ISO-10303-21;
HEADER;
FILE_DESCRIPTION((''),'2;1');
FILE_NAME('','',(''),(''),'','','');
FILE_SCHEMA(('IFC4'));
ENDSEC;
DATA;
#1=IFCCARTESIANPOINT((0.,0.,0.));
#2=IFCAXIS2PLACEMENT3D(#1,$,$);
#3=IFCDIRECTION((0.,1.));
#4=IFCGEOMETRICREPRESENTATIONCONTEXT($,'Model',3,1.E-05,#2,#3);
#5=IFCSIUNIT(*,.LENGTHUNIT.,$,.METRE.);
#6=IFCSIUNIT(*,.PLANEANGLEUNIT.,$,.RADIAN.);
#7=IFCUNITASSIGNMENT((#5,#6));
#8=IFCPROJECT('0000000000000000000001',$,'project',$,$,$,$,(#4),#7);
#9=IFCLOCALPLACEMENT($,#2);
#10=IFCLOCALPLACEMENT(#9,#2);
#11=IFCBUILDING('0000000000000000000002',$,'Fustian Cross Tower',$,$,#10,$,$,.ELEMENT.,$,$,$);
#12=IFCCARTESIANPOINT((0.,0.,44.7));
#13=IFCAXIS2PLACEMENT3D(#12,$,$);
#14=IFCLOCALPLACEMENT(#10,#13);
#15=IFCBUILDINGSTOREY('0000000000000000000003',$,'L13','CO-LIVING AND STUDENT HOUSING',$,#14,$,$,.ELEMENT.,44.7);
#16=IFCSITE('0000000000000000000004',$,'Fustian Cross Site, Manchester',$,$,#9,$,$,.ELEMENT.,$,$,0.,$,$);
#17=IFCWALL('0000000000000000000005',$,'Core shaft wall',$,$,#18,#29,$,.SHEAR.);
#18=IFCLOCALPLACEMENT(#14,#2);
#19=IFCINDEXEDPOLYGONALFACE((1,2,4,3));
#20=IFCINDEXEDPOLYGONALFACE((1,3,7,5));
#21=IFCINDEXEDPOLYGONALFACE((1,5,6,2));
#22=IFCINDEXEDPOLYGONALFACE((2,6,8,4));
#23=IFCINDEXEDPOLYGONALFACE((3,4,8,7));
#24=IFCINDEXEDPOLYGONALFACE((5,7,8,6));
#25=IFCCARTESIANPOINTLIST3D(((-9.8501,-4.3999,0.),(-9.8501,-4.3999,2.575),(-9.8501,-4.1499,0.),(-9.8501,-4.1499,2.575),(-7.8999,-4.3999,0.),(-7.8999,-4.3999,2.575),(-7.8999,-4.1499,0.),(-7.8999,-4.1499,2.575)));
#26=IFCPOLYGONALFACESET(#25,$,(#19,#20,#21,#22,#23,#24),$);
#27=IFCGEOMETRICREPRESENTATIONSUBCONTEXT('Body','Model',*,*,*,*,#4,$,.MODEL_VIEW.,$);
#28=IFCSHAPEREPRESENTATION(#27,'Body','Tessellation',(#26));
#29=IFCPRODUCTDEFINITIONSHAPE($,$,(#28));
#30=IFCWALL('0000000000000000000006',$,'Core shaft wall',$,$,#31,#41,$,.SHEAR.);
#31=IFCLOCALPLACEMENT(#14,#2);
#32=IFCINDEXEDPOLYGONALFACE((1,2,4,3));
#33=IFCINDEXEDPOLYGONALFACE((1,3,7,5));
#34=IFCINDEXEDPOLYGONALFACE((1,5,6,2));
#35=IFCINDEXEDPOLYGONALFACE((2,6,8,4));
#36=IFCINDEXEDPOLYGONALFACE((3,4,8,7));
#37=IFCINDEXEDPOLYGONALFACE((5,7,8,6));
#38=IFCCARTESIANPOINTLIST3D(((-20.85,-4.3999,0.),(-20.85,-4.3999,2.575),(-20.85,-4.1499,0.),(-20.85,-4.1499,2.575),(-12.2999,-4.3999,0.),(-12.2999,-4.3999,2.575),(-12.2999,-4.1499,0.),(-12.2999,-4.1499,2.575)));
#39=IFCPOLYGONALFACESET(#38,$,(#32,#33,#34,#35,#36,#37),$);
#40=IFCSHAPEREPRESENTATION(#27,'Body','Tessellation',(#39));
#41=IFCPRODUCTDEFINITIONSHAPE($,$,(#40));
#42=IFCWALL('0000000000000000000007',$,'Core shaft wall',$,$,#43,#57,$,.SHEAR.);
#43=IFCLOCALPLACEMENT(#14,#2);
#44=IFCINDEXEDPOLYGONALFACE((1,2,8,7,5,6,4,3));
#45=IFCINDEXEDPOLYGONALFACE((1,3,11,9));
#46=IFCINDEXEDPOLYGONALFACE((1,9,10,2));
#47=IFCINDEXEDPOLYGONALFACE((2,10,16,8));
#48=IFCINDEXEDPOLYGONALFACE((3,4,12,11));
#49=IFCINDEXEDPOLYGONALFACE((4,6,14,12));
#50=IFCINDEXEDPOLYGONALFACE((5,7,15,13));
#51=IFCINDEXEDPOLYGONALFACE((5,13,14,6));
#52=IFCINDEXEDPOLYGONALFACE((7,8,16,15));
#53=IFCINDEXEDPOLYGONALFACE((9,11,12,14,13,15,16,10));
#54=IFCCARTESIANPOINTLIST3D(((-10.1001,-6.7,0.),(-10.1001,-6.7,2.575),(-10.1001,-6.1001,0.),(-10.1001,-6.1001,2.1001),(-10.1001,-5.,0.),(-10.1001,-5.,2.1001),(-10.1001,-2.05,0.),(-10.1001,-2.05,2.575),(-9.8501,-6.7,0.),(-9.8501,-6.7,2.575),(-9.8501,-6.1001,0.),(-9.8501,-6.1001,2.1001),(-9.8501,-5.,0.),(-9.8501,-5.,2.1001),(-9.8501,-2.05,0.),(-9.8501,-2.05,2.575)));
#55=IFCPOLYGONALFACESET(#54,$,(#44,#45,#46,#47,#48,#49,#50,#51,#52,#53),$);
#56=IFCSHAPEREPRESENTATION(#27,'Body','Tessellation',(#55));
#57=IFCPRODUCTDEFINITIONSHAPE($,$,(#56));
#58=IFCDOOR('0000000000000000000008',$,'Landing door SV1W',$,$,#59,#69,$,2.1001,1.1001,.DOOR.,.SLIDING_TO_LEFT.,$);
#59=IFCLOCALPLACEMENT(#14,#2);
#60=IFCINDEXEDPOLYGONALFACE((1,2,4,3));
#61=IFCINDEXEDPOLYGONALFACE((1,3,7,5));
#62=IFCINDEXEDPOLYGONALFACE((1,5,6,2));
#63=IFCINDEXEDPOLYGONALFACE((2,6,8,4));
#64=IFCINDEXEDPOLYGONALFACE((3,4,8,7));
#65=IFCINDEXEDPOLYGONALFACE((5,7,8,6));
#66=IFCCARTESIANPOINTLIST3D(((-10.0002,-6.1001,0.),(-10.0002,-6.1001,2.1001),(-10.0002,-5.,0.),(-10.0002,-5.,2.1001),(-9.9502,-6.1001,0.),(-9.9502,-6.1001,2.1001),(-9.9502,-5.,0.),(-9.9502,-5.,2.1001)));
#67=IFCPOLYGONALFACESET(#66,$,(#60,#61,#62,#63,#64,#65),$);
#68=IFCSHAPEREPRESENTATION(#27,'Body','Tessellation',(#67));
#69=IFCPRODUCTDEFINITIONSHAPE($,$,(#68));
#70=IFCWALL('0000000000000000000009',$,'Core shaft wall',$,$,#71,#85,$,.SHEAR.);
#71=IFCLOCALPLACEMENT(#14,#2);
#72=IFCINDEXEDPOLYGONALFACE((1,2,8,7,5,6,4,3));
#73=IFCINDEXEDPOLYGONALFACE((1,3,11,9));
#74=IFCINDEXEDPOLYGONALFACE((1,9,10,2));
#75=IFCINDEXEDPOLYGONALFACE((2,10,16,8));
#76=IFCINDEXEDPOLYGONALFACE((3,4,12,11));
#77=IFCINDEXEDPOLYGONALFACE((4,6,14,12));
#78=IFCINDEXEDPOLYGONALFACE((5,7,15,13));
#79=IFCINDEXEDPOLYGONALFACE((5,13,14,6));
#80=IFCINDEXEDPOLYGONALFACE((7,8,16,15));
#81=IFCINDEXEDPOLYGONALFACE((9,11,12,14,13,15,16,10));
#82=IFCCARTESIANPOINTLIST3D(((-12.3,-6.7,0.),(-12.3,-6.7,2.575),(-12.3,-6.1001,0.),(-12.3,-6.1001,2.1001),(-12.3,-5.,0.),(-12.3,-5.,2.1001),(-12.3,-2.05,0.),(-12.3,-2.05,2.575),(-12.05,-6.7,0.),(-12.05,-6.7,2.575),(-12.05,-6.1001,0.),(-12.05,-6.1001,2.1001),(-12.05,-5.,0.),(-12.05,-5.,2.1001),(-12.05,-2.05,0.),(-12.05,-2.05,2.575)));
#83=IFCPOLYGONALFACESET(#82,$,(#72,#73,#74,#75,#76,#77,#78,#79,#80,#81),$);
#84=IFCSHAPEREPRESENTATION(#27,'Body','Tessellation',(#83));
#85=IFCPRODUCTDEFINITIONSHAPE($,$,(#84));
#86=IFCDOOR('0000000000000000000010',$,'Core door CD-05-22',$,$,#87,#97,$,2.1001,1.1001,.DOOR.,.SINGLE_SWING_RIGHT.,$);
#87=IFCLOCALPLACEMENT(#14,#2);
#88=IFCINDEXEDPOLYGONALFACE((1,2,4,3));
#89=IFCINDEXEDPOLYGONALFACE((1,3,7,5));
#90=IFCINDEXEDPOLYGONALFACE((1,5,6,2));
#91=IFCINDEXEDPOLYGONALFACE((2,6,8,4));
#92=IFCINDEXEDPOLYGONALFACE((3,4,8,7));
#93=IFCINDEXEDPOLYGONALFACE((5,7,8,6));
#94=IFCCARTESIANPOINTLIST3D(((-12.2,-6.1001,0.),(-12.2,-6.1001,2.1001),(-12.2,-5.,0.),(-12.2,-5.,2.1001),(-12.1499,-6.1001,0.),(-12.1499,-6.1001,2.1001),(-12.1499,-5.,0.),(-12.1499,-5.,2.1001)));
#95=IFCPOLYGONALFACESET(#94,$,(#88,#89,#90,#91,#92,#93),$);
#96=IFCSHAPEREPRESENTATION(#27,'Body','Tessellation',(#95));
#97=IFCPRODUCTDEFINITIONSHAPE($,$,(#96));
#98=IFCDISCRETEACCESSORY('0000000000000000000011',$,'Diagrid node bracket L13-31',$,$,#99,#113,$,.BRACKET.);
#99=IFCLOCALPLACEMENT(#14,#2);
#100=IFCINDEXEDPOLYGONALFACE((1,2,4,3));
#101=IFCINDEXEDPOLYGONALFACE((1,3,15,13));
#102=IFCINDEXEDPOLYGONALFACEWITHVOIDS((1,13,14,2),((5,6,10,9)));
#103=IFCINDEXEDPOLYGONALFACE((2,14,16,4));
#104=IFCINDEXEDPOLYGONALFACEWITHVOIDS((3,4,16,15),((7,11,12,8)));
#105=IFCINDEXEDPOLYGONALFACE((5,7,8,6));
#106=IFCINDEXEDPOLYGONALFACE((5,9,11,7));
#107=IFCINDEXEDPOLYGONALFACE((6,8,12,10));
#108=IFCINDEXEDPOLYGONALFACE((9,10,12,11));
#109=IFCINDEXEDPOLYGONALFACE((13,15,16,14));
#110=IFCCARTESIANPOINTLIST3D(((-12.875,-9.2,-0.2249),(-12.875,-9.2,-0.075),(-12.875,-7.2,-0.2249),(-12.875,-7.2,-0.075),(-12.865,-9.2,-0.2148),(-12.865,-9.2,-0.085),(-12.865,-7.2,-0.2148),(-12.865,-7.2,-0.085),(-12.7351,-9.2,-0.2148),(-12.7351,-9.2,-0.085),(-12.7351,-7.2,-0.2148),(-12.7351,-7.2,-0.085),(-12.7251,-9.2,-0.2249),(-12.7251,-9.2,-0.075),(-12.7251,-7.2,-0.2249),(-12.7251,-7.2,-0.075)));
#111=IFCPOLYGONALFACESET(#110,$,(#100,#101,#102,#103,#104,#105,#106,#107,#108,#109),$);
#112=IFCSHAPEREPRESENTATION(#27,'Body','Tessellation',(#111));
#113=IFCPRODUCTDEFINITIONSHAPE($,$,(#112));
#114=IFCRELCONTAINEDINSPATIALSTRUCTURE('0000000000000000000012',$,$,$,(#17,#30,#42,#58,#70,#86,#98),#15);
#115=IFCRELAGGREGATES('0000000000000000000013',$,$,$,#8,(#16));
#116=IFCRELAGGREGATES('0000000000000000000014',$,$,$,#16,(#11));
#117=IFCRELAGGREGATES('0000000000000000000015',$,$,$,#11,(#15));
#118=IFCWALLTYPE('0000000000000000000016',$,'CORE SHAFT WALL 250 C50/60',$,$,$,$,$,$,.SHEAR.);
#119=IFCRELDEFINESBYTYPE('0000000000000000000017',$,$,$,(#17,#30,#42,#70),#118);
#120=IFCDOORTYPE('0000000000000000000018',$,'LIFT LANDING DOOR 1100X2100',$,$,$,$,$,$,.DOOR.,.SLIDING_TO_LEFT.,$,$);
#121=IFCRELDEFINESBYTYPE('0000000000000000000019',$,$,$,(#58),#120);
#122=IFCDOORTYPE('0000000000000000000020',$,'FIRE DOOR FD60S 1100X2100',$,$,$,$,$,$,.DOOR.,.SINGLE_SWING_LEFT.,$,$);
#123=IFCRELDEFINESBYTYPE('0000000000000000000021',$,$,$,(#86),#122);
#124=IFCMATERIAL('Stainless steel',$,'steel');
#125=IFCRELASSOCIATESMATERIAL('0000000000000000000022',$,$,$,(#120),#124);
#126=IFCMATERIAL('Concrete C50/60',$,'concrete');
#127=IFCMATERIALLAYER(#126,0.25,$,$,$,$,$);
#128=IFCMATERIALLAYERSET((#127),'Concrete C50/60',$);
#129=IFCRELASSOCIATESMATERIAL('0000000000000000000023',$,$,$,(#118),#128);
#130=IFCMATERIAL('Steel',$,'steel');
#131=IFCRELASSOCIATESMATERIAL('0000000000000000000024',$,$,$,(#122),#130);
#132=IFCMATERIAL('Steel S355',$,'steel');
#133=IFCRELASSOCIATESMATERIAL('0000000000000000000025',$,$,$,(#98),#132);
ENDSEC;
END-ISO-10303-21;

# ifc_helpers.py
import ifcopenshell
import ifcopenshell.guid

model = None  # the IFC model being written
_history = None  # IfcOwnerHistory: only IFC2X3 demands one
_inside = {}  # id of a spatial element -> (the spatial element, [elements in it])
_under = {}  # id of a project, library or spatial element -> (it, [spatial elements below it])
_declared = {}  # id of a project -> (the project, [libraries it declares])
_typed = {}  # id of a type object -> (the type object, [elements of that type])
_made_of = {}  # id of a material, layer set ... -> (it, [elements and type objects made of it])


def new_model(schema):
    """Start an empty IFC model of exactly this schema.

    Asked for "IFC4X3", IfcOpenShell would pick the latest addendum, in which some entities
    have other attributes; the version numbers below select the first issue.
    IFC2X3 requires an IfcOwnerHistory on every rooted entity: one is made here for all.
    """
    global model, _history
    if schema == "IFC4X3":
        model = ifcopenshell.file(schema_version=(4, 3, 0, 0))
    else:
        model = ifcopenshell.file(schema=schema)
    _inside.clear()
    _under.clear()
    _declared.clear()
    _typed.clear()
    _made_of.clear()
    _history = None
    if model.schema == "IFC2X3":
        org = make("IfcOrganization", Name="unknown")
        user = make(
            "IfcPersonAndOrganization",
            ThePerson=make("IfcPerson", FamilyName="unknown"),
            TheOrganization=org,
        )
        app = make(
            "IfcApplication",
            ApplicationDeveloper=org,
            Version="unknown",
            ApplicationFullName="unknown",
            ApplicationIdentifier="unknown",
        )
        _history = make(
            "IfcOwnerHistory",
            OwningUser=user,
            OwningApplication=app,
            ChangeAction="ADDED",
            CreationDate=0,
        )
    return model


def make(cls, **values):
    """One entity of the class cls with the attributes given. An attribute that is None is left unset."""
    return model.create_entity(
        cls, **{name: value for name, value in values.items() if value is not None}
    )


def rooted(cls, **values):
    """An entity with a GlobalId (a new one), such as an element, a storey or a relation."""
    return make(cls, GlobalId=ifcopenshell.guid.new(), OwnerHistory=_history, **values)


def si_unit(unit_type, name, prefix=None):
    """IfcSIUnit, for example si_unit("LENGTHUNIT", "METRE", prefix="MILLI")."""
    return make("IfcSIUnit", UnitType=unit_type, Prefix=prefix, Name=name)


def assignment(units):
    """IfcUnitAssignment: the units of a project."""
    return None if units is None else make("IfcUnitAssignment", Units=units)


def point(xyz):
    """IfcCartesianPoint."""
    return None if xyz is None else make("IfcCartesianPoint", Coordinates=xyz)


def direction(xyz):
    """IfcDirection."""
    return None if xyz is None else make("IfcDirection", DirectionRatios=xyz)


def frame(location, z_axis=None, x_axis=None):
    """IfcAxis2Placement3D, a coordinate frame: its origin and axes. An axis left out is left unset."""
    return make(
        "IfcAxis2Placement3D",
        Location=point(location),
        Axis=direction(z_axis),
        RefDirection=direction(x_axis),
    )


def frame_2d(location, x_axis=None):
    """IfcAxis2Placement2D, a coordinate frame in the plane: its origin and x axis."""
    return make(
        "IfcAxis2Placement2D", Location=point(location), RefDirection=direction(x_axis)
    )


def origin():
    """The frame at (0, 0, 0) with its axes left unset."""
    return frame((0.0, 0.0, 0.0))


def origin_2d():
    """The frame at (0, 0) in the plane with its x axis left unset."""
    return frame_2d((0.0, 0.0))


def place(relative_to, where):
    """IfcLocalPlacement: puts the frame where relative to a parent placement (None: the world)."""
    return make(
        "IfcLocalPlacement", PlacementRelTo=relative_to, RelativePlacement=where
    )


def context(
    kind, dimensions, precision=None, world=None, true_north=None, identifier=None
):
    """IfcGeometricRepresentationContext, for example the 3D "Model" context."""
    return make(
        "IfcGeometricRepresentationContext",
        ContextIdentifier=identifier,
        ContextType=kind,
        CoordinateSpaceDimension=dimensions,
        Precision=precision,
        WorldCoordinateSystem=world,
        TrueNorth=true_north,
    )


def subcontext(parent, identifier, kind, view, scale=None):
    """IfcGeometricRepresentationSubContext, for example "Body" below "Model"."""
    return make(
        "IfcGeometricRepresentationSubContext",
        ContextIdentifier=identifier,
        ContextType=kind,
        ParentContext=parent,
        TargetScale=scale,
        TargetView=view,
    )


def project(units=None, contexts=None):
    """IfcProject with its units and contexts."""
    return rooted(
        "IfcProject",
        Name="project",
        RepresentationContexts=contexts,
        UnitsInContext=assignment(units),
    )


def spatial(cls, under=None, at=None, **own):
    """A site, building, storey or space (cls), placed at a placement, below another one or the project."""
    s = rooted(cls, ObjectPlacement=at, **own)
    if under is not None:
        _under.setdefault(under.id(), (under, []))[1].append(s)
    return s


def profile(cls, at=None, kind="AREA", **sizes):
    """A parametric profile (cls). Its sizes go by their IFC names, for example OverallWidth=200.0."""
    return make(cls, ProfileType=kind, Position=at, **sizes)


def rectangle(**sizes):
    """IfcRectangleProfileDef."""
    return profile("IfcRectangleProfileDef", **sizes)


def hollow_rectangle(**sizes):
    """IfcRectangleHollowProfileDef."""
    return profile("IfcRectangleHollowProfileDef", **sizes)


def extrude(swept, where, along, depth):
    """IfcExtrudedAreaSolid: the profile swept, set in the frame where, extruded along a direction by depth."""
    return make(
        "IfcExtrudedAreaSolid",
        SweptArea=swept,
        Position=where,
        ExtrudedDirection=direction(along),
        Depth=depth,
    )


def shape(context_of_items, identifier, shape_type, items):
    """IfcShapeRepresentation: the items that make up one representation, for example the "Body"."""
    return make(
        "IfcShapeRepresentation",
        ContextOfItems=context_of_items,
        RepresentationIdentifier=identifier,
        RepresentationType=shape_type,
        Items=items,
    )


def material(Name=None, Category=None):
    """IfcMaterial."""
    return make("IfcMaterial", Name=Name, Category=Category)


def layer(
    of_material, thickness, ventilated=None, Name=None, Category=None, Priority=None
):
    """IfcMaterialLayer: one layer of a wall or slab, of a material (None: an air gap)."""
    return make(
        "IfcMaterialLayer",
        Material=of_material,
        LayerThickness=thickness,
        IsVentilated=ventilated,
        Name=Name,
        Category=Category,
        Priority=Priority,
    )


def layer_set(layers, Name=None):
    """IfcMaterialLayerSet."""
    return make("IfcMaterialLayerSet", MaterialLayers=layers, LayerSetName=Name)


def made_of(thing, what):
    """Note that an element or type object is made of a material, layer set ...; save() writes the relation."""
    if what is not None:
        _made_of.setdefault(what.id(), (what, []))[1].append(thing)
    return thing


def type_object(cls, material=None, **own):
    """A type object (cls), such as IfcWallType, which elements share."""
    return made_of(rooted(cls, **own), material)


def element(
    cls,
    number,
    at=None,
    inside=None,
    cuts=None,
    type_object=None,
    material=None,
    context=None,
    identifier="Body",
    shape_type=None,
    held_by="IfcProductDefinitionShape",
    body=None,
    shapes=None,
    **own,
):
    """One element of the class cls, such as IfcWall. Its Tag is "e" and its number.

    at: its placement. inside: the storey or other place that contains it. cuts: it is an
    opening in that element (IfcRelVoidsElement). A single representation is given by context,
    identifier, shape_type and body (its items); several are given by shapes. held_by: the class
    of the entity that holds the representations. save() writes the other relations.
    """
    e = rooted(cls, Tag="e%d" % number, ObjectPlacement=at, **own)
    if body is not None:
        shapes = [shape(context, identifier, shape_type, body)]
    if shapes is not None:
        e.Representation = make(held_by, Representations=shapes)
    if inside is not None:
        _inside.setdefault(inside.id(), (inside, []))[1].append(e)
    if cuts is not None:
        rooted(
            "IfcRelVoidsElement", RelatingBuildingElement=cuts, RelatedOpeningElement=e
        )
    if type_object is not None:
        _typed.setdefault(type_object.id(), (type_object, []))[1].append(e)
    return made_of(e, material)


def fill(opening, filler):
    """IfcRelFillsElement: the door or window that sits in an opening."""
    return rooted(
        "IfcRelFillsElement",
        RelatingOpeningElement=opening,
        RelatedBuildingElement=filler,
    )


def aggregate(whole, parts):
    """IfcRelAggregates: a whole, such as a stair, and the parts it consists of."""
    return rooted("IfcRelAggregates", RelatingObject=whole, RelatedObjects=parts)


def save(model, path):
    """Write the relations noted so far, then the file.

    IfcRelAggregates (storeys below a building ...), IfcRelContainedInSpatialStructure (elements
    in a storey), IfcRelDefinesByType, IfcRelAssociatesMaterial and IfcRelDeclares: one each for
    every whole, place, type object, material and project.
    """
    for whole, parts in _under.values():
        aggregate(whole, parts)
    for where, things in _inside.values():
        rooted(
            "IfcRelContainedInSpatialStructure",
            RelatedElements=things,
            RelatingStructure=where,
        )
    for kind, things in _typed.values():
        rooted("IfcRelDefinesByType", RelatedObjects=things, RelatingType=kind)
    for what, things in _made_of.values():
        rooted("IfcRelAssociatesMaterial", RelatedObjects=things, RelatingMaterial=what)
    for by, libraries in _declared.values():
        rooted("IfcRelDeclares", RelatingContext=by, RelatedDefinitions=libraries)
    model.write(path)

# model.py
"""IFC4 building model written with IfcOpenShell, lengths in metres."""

from ifc_helpers import new_model, si_unit, direction, frame, frame_2d, origin, origin_2d, place, context, subcontext, project, spatial, rectangle, hollow_rectangle, extrude, material, layer, layer_set, type_object, element, fill, save


model = new_model("IFC4")

# Units and contexts
model_context = context("Model", 3, precision=1e-05, world=origin(), true_north=direction((0.0, 1.0)))
body_context = subcontext(model_context, "Body", "Model", "MODEL_VIEW")
ifc_project = project(units=[si_unit("LENGTHUNIT", "METRE"), si_unit("PLANEANGLEUNIT", "RADIAN")], contexts=[model_context])

# Site, building, storey
site_placement = place(None, origin())
site = spatial("IfcSite", under=ifc_project, at=site_placement, Name="Fustian Cross Site, Manchester", CompositionType="ELEMENT", RefElevation=0.0)
building_placement = place(site_placement, origin())
building = spatial("IfcBuilding", under=site, at=building_placement, Name="Fustian Cross Tower", CompositionType="ELEMENT")
storey_placement = place(building_placement, frame((0.0, 0.0, 44.7)))
storey = spatial("IfcBuildingStorey", under=building, at=storey_placement, Name="L13", Description="CO-LIVING AND STUDENT HOUSING", CompositionType="ELEMENT", Elevation=44.7)

# Shared definitions
ifc_material_1 = material(Name="Stainless steel", Category="steel")
door_type_1 = type_object("IfcDoorType", Name="LIFT LANDING DOOR 1100X2100", OperationType="SLIDING_TO_LEFT", PredefinedType="DOOR", material=ifc_material_1)

# Walls
ifc_material_2 = material(Name="Concrete C50/60", Category="concrete")
ifc_layer_1 = layer(ifc_material_2, 0.25)
ifc_layer_set_1 = layer_set([ifc_layer_1], Name="Concrete C50/60")
wall_type_1 = type_object("IfcWallType", Name="CORE SHAFT WALL 250 C50/60", PredefinedType="SHEAR", material=ifc_layer_set_1)
wall_1_placement = place(storey_placement, frame((-7.8999, -4.2749, 0.0), z_axis=(0.0, 0.0, 1.0), x_axis=(-1.0, 0.0, 0.0)))
element("IfcWall", 1, at=wall_1_placement, inside=storey, type_object=wall_type_1, Name="Core shaft wall", PredefinedType="SHEAR", context=body_context, shape_type="SweptSolid", body=[
    extrude(rectangle(XDim=1.9502, YDim=0.25, at=frame_2d((0.9751, 0.0))), origin(), (0.0, 0.0, 1.0), 2.575),
])
wall_2_placement = place(storey_placement, frame((-12.3, -4.2749, 0.0), z_axis=(0.0, 0.0, 1.0), x_axis=(-1.0, 0.0, 0.0)))
element("IfcWall", 2, at=wall_2_placement, inside=storey, type_object=wall_type_1, Name="Core shaft wall", PredefinedType="SHEAR", context=body_context, shape_type="SweptSolid", body=[
    extrude(rectangle(XDim=8.55, YDim=0.25, at=frame_2d((4.2749, 0.0))), origin(), (0.0, 0.0, 1.0), 2.575),
])

# Walls, openings, doors
wall_3_placement = place(storey_placement, frame((-9.9751, -2.05, 0.0), z_axis=(0.0, 0.0, 1.0), x_axis=(0.0, -1.0, 0.0)))
wall_3 = element("IfcWall", 3, at=wall_3_placement, inside=storey, type_object=wall_type_1, Name="Core shaft wall", PredefinedType="SHEAR", context=body_context, shape_type="SweptSolid", body=[
    extrude(rectangle(XDim=4.6499, YDim=0.25, at=frame_2d((2.325, 0.0))), origin(), (0.0, 0.0, 1.0), 2.575),
])
opening_1_placement = place(wall_3_placement, frame((2.95, 0.0, 0.0)))
opening_1 = element("IfcOpeningElement", 4, at=opening_1_placement, cuts=wall_3, PredefinedType="OPENING", context=body_context, shape_type="SweptSolid", body=[
    extrude(rectangle(XDim=1.1001, YDim=2.1001, at=frame_2d((0.55, 1.05))), frame((0.0, 0.135, 0.0), z_axis=(0.0, -1.0, 0.0), x_axis=(1.0, 0.0, 0.0)), (0.0, 0.0, 1.0), 0.27),
])
door_1_placement = place(opening_1_placement, origin())
door_1 = element("IfcDoor", 5, at=door_1_placement, inside=storey, type_object=door_type_1, Name="Landing door SV1W", OperationType="SLIDING_TO_LEFT", OverallHeight=2.1001, OverallWidth=1.1001, PredefinedType="DOOR", context=body_context, shape_type="SweptSolid", body=[
    extrude(rectangle(XDim=1.1001, YDim=2.1001, at=frame_2d((0.55, 1.05))), frame((0.0, 0.0249, 0.0), z_axis=(0.0, -1.0, 0.0), x_axis=(1.0, 0.0, 0.0)), (0.0, 0.0, 1.0), 0.05),
])
fill(opening_1, door_1)
wall_4_placement = place(storey_placement, frame((-12.175, -2.05, 0.0), z_axis=(0.0, 0.0, 1.0), x_axis=(0.0, -1.0, 0.0)))
wall_4 = element("IfcWall", 6, at=wall_4_placement, inside=storey, type_object=wall_type_1, Name="Core shaft wall", PredefinedType="SHEAR", context=body_context, shape_type="SweptSolid", body=[
    extrude(rectangle(XDim=4.6499, YDim=0.25, at=frame_2d((2.325, 0.0))), origin(), (0.0, 0.0, 1.0), 2.575),
])
opening_2_placement = place(wall_4_placement, frame((2.95, 0.0, 0.0)))
opening_2 = element("IfcOpeningElement", 7, at=opening_2_placement, cuts=wall_4, PredefinedType="OPENING", context=body_context, shape_type="SweptSolid", body=[
    extrude(rectangle(XDim=1.1001, YDim=2.1001, at=frame_2d((0.55, 1.05))), frame((0.0, 0.135, 0.0), z_axis=(0.0, -1.0, 0.0), x_axis=(1.0, 0.0, 0.0)), (0.0, 0.0, 1.0), 0.27),
])
ifc_material_3 = material(Name="Steel", Category="steel")
door_type_2 = type_object("IfcDoorType", Name="FIRE DOOR FD60S 1100X2100", OperationType="SINGLE_SWING_LEFT", PredefinedType="DOOR", material=ifc_material_3)
door_2_placement = place(opening_2_placement, frame((1.1001, 0.0, 0.0), z_axis=(0.0, 0.0, 1.0), x_axis=(-1.0, 0.0, 0.0)))
door_2 = element("IfcDoor", 8, at=door_2_placement, inside=storey, type_object=door_type_2, Name="Core door CD-05-22", OperationType="SINGLE_SWING_RIGHT", OverallHeight=2.1001, OverallWidth=1.1001, PredefinedType="DOOR", context=body_context, shape_type="SweptSolid", body=[
    extrude(rectangle(XDim=1.1001, YDim=2.1001, at=frame_2d((0.55, 1.05))), frame((0.0, 0.0249, 0.0), z_axis=(0.0, -1.0, 0.0), x_axis=(1.0, 0.0, 0.0)), (0.0, 0.0, 1.0), 0.05),
])
fill(opening_2, door_2)

# Discrete accessory
ifc_material_4 = material(Name="Steel S355", Category="steel")
discrete_accessory_placement = place(storey_placement, frame((-12.8, -9.2, -0.1499), z_axis=(0.0, 1.0, 0.0), x_axis=(-1.0, 0.0, 0.0)))
element("IfcDiscreteAccessory", 9, at=discrete_accessory_placement, inside=storey, material=ifc_material_4, Name="Diagrid node bracket L13-31", PredefinedType="BRACKET", context=body_context, shape_type="SweptSolid", body=[
    extrude(hollow_rectangle(XDim=0.1499, YDim=0.1499, WallThickness=0.01, at=origin_2d()), origin(), (0.0, 0.0, 1.0), 2.0),
])

save(model, "model.ifc")
